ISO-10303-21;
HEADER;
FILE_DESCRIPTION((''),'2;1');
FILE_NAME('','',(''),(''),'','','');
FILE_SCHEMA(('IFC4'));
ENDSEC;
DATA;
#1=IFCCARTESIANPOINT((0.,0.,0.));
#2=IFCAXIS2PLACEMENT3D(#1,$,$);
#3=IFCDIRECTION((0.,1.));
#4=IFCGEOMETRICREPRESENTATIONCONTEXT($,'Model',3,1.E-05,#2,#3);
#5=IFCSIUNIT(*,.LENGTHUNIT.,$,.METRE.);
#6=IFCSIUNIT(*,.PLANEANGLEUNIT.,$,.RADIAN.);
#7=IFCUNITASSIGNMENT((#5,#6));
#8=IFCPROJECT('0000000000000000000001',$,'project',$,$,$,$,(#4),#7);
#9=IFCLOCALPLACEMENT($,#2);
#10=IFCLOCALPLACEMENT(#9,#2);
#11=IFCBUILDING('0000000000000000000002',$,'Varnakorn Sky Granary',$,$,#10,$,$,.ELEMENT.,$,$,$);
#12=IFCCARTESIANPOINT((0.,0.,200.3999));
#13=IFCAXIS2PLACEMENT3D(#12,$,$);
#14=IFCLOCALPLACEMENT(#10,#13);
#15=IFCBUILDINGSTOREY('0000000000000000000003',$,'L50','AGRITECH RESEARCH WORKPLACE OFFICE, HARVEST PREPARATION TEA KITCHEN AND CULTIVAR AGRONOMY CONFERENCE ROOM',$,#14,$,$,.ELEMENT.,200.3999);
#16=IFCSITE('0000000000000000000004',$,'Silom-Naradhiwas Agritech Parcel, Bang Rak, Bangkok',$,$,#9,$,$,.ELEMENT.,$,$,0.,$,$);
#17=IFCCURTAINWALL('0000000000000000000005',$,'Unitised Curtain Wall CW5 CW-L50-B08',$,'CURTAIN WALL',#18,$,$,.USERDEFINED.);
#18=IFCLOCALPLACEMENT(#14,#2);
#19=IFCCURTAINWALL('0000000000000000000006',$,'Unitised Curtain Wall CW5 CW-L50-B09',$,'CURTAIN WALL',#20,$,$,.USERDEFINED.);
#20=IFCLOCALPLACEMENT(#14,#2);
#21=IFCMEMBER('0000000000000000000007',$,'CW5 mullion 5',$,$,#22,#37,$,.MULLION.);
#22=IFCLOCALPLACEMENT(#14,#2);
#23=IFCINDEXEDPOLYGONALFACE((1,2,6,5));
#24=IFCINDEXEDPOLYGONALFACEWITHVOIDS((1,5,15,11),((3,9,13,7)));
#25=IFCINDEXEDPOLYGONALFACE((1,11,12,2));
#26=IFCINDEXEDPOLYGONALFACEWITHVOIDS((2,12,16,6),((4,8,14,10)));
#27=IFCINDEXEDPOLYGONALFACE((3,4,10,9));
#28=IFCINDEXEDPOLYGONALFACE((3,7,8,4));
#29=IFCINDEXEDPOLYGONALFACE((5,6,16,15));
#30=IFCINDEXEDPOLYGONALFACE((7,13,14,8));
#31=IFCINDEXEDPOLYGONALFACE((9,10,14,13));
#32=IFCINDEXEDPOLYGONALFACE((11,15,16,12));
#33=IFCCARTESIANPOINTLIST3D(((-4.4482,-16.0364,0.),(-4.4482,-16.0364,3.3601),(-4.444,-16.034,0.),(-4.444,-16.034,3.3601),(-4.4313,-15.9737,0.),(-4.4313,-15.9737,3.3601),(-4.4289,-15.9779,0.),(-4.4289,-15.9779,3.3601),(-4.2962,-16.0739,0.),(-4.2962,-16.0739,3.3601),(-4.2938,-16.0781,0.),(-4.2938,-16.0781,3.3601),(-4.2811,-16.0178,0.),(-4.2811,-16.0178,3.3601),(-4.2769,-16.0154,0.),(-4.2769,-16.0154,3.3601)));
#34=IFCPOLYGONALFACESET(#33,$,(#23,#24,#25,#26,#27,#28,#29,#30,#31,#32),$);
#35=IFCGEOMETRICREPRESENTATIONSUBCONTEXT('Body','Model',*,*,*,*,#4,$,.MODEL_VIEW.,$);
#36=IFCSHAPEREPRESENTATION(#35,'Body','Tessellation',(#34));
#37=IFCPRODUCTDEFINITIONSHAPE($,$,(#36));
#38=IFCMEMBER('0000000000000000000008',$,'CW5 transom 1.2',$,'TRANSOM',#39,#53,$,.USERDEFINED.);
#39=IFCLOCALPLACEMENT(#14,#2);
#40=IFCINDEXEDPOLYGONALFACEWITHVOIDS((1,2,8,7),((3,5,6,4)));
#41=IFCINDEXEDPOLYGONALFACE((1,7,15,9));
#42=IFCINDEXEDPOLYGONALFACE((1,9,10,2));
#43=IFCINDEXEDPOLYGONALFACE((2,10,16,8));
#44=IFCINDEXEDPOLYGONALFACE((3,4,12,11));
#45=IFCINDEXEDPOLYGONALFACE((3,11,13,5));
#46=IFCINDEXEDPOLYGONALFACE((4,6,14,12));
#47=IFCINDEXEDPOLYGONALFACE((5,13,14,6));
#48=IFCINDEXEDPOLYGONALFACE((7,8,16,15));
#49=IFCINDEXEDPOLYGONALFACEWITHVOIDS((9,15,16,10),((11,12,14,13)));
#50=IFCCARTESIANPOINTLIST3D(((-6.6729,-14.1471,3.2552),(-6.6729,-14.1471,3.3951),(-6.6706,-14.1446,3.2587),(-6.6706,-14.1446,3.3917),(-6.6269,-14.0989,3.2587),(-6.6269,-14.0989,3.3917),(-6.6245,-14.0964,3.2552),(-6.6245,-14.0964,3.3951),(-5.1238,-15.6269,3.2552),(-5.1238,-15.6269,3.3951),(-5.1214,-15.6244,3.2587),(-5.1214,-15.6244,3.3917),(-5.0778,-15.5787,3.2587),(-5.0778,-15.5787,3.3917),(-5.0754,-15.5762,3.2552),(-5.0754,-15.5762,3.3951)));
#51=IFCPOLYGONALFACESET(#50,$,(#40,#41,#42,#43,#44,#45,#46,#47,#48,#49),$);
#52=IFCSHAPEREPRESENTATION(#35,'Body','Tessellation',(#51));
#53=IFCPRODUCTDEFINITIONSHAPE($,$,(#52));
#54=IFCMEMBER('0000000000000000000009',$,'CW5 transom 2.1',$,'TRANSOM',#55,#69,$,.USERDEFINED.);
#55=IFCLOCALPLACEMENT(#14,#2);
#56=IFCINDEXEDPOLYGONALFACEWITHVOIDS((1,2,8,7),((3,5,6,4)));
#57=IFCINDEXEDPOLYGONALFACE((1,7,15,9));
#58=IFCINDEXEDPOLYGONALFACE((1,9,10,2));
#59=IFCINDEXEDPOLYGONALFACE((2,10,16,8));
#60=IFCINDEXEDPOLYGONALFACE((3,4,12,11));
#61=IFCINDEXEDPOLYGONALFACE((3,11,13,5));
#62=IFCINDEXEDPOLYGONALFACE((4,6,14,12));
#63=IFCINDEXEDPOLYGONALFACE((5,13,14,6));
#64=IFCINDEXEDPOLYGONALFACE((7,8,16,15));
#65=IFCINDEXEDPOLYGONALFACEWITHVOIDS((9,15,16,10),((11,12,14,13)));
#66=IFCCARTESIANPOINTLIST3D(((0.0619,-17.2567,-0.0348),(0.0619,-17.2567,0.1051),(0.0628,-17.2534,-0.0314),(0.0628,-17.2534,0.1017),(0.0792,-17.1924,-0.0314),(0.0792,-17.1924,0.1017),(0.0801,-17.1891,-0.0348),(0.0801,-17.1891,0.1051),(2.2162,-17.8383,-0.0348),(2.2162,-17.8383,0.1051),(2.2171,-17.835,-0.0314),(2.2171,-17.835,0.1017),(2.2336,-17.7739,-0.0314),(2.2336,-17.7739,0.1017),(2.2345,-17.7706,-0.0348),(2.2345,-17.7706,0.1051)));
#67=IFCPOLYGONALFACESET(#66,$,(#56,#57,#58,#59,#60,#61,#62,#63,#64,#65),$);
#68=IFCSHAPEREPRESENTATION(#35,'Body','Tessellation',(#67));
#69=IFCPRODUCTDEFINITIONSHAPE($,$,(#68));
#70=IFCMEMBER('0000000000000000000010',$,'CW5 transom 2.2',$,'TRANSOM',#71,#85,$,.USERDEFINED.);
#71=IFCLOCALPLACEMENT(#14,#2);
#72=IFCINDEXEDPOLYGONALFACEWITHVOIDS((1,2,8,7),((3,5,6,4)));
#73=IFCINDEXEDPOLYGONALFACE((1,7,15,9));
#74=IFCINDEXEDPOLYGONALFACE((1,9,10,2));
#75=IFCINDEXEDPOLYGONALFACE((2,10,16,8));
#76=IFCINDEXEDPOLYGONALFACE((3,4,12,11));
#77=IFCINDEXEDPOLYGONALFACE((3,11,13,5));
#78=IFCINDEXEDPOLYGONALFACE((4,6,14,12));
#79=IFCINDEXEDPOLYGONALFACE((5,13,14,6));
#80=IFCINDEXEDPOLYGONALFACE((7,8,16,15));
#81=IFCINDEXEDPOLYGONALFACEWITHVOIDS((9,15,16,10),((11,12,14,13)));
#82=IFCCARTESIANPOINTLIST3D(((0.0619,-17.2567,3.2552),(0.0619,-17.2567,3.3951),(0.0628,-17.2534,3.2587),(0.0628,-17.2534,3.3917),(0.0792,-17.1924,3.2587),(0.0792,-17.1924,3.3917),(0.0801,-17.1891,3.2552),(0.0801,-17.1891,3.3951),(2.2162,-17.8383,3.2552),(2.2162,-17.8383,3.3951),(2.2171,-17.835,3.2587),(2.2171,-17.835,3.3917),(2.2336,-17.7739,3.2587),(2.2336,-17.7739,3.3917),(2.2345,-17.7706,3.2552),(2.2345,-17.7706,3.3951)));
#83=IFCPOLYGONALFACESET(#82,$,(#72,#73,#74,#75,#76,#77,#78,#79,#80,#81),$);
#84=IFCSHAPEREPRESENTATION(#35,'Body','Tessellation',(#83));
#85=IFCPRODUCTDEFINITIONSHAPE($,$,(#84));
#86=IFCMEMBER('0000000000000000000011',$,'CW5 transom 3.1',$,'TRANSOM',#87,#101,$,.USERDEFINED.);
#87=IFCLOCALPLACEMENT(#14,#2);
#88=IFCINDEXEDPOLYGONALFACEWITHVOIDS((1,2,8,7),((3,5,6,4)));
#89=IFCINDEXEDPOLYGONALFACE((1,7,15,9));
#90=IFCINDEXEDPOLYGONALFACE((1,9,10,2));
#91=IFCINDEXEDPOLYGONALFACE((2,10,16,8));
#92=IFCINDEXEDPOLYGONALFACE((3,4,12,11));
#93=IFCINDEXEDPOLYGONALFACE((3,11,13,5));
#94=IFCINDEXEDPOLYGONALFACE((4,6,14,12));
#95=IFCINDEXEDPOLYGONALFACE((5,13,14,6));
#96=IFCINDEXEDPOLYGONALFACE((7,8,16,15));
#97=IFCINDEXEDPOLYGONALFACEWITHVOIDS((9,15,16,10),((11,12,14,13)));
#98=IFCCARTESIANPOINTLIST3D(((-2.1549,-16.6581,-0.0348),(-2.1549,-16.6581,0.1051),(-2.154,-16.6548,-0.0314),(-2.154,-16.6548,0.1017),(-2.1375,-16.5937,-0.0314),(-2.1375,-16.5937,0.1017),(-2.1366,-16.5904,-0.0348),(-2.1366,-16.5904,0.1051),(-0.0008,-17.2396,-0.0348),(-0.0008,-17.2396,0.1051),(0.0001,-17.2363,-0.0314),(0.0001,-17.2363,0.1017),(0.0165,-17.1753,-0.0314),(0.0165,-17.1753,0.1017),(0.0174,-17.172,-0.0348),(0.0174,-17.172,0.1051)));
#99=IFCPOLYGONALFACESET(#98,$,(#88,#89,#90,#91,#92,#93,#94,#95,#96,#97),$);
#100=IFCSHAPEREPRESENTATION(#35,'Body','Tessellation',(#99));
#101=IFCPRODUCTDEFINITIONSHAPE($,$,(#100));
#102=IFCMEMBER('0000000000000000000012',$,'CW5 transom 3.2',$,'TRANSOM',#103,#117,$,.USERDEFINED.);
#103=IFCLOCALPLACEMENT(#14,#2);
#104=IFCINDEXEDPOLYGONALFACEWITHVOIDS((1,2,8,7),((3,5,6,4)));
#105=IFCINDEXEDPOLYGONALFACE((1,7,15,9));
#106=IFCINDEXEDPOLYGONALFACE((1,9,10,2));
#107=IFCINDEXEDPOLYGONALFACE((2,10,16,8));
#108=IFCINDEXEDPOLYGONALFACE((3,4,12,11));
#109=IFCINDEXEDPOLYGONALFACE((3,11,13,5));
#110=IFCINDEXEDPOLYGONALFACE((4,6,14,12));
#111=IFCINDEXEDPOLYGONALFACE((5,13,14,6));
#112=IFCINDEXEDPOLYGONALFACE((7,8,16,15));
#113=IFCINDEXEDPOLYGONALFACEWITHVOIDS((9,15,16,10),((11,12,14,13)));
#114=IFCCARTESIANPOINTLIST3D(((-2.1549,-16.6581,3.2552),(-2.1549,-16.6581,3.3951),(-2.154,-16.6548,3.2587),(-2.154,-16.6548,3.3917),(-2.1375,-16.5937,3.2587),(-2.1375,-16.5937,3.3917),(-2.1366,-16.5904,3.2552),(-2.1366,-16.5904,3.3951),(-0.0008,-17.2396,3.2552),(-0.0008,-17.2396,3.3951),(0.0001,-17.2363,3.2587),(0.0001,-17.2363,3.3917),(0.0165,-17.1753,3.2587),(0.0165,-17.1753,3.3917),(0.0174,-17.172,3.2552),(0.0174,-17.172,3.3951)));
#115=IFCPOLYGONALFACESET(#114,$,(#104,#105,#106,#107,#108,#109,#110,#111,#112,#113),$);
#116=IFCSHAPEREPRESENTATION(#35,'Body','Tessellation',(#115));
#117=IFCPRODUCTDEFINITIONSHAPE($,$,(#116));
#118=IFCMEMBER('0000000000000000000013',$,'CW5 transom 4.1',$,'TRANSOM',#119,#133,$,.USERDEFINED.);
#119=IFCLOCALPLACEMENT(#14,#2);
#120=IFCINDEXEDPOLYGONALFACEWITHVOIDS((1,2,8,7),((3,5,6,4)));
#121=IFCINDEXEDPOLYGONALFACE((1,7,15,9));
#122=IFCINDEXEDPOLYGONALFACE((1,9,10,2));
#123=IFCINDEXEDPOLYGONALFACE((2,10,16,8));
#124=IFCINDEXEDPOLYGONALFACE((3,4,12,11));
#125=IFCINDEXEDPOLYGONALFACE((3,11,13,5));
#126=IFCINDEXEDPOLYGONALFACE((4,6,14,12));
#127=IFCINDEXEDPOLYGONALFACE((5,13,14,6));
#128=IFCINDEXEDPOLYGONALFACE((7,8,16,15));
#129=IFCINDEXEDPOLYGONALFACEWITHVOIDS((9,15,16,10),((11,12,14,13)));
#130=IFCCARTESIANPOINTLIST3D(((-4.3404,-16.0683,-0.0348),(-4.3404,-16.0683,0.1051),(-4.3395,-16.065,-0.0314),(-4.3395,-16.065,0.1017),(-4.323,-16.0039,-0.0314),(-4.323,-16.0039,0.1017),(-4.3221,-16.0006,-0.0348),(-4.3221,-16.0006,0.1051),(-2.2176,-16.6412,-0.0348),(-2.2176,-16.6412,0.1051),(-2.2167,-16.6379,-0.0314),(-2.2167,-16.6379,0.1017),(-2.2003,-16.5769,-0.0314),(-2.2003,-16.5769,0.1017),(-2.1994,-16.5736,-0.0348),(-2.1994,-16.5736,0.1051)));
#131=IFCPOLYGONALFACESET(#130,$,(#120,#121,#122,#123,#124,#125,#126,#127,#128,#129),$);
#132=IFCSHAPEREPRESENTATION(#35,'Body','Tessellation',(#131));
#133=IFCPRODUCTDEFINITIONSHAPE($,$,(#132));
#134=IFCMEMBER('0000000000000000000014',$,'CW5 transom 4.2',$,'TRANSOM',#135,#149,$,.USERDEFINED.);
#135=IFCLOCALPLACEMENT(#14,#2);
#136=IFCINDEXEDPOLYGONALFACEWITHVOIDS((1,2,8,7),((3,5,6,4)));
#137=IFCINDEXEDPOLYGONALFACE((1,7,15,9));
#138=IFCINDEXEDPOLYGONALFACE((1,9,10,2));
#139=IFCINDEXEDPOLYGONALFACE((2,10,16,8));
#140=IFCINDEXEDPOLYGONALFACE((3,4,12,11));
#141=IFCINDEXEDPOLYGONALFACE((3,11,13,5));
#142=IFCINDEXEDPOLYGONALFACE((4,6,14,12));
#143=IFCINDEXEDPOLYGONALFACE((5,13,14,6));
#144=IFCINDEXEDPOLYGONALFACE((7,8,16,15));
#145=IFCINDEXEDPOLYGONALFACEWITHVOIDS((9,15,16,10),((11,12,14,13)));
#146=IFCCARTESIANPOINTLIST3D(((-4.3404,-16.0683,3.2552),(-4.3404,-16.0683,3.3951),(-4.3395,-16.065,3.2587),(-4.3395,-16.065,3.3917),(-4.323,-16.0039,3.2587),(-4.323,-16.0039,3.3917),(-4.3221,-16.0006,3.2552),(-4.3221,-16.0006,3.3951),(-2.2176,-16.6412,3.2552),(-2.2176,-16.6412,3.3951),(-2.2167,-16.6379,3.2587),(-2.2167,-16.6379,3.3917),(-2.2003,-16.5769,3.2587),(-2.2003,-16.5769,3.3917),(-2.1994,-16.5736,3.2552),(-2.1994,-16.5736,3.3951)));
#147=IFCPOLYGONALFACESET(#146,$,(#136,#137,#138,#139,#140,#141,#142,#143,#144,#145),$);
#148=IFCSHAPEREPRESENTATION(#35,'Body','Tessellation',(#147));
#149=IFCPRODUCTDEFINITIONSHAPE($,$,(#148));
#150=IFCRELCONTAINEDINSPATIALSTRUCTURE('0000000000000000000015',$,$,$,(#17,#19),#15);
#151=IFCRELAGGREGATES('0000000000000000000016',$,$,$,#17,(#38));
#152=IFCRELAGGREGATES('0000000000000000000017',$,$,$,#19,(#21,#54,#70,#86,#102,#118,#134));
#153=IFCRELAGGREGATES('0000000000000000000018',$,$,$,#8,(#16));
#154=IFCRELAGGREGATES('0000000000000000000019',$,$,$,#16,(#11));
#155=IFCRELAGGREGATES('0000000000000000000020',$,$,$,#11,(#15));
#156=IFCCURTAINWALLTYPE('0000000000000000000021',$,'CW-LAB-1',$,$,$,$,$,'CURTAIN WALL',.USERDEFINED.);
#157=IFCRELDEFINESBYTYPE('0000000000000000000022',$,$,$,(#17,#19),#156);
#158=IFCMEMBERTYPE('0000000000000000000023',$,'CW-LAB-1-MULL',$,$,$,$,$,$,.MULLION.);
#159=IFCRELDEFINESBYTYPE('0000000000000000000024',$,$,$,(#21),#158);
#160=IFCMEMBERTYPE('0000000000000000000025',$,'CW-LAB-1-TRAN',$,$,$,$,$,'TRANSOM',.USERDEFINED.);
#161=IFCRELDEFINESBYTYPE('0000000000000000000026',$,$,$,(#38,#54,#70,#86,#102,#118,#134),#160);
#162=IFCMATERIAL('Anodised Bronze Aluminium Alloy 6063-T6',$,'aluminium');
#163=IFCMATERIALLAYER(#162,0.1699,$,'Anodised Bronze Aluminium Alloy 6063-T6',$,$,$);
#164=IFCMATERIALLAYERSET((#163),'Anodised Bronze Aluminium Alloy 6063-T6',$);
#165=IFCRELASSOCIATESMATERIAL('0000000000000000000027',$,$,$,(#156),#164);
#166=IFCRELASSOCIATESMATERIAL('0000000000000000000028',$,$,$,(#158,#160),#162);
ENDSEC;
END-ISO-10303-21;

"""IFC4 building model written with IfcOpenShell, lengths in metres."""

from ifc_helpers import new_model, si_unit, direction, frame, origin, origin_2d, place, context, subcontext, project, spatial, hollow_rectangle, extrude, material, layer, layer_set, material_profile, profile_set, type_object, element, aggregate, save


model = new_model("IFC4")

# Units and contexts
model_context = context("Model", 3, precision=1e-05, world=origin(), true_north=direction((0.0, 1.0)))
body_context = subcontext(model_context, "Body", "Model", "MODEL_VIEW")
ifc_project = project(units=[si_unit("LENGTHUNIT", "METRE"), si_unit("PLANEANGLEUNIT", "RADIAN")], contexts=[model_context])

# Site, building, storey
site_placement = place(None, origin())
site = spatial("IfcSite", under=ifc_project, at=site_placement, Name="Silom-Naradhiwas Agritech Parcel, Bang Rak, Bangkok", CompositionType="ELEMENT", RefElevation=0.0)
building_placement = place(site_placement, origin())
building = spatial("IfcBuilding", under=site, at=building_placement, Name="Varnakorn Sky Granary", CompositionType="ELEMENT")
storey_placement = place(building_placement, frame((0.0, 0.0, 200.3999)))
storey = spatial("IfcBuildingStorey", under=building, at=storey_placement, Name="L50", Description="AGRITECH RESEARCH WORKPLACE OFFICE, HARVEST PREPARATION TEA KITCHEN AND CULTIVAR AGRONOMY CONFERENCE ROOM", CompositionType="ELEMENT", Elevation=200.3999)

# Curtain wall
ifc_material_1 = material(Name="Anodised Bronze Aluminium Alloy 6063-T6", Category="aluminium")
ifc_layer_1 = layer(ifc_material_1, 0.1699, Name="Anodised Bronze Aluminium Alloy 6063-T6")
ifc_layer_set_1 = layer_set([ifc_layer_1], Name="Anodised Bronze Aluminium Alloy 6063-T6")
curtain_wall_type = type_object("IfcCurtainWallType", Name="CW-LAB-1", ElementType="CURTAIN WALL", PredefinedType="USERDEFINED", material=ifc_layer_set_1)
curtain_wall_1_placement = place(storey_placement, origin())
curtain_wall_1 = element("IfcCurtainWall", 1, at=curtain_wall_1_placement, inside=storey, type_object=curtain_wall_type, Name="Unitised Curtain Wall CW5 CW-L50-B08", ObjectType="CURTAIN WALL", PredefinedType="USERDEFINED")
ifc_material_profile_1 = material_profile(ifc_material_1, hollow_rectangle(XDim=0.0649, YDim=0.1599, WallThickness=0.0034, at=origin_2d()), Name="ALU MULL 65x160")
ifc_profile_set_1 = profile_set([ifc_material_profile_1], Name="Anodised Bronze Aluminium Alloy 6063-T6")
member_type_1 = type_object("IfcMemberType", Name="CW-LAB-1-MULL", PredefinedType="MULLION", material=ifc_profile_set_1)

# Curtain wall, member
curtain_wall_2_placement = place(storey_placement, origin())
curtain_wall_2 = element("IfcCurtainWall", 2, at=curtain_wall_2_placement, inside=storey, type_object=curtain_wall_type, Name="Unitised Curtain Wall CW5 CW-L50-B09", ObjectType="CURTAIN WALL", PredefinedType="USERDEFINED")
member_1_placement = place(storey_placement, frame((-4.3625, -16.0259, 0.0), z_axis=(0.0, 0.0, 1.0), x_axis=(-0.260643, -0.965435, 0.0)))
member_1 = element("IfcMember", 3, at=member_1_placement, type_object=member_type_1, Name="CW5 mullion 5", PredefinedType="MULLION", context=body_context, shape_type="SweptSolid", body=[
    extrude(hollow_rectangle(XDim=0.0649, YDim=0.1599, WallThickness=0.0034, at=origin_2d()), origin(), (0.0, 0.0, 1.0), 3.3601),
])

# Members
ifc_material_profile_2 = material_profile(ifc_material_1, hollow_rectangle(XDim=0.0701, YDim=0.1399, WallThickness=0.0034, at=origin_2d()), Name="ALU TRAN 70x140")
ifc_profile_set_2 = profile_set([ifc_material_profile_2], Name="Anodised Bronze Aluminium Alloy 6063-T6")
member_type_2 = type_object("IfcMemberType", Name="CW-LAB-1-TRAN", ElementType="TRANSOM", PredefinedType="USERDEFINED", material=ifc_profile_set_2)
member_2_placement = place(storey_placement, frame((-5.0996, -15.6016, 3.3252), z_axis=(-0.723105, 0.690739, 0.0), x_axis=(-0.690739, -0.723105, 0.0)))
member_2 = element("IfcMember", 4, at=member_2_placement, type_object=member_type_2, Name="CW5 transom 1.2", ObjectType="TRANSOM", PredefinedType="USERDEFINED", context=body_context, shape_type="SweptSolid", body=[
    extrude(hollow_rectangle(XDim=0.0701, YDim=0.1399, WallThickness=0.0034, at=origin_2d()), origin(), (0.0, 0.0, 1.0), 2.1423),
])
aggregate(curtain_wall_1, [member_2])
member_3_placement = place(storey_placement, frame((2.2253, -17.8044, 0.0352), z_axis=(-0.965442, 0.260617, 0.0), x_axis=(-0.260617, -0.965442, 0.0)))
member_3 = element("IfcMember", 5, at=member_3_placement, type_object=member_type_2, Name="CW5 transom 2.1", ObjectType="TRANSOM", PredefinedType="USERDEFINED", context=body_context, shape_type="SweptSolid", body=[
    extrude(hollow_rectangle(XDim=0.0701, YDim=0.1399, WallThickness=0.0034, at=origin_2d()), origin(), (0.0, 0.0, 1.0), 2.2314),
])
member_4_placement = place(storey_placement, frame((2.2253, -17.8044, 3.3252), z_axis=(-0.965442, 0.260617, 0.0), x_axis=(-0.260617, -0.965442, 0.0)))
member_4 = element("IfcMember", 6, at=member_4_placement, type_object=member_type_2, Name="CW5 transom 2.2", ObjectType="TRANSOM", PredefinedType="USERDEFINED", context=body_context, shape_type="SweptSolid", body=[
    extrude(hollow_rectangle(XDim=0.0701, YDim=0.1399, WallThickness=0.0034, at=origin_2d()), origin(), (0.0, 0.0, 1.0), 2.2314),
])
member_5_placement = place(storey_placement, frame((0.0083, -17.2058, 0.0352), z_axis=(-0.965435, 0.260644, 0.0), x_axis=(-0.260644, -0.965435, 0.0)))
member_5 = element("IfcMember", 7, at=member_5_placement, type_object=member_type_2, Name="CW5 transom 3.1", ObjectType="TRANSOM", PredefinedType="USERDEFINED", context=body_context, shape_type="SweptSolid", body=[
    extrude(hollow_rectangle(XDim=0.0701, YDim=0.1399, WallThickness=0.0034, at=origin_2d()), origin(), (0.0, 0.0, 1.0), 2.2312),
])
member_6_placement = place(storey_placement, frame((0.0083, -17.2058, 3.3252), z_axis=(-0.965435, 0.260644, 0.0), x_axis=(-0.260644, -0.965435, 0.0)))
member_6 = element("IfcMember", 8, at=member_6_placement, type_object=member_type_2, Name="CW5 transom 3.2", ObjectType="TRANSOM", PredefinedType="USERDEFINED", context=body_context, shape_type="SweptSolid", body=[
    extrude(hollow_rectangle(XDim=0.0701, YDim=0.1399, WallThickness=0.0034, at=origin_2d()), origin(), (0.0, 0.0, 1.0), 2.2312),
])
member_7_placement = place(storey_placement, frame((-2.2085, -16.6074, 0.0352), z_axis=(-0.965447, 0.260599, 0.0), x_axis=(-0.260599, -0.965447, 0.0)))
member_7 = element("IfcMember", 9, at=member_7_placement, type_object=member_type_2, Name="CW5 transom 4.1", ObjectType="TRANSOM", PredefinedType="USERDEFINED", context=body_context, shape_type="SweptSolid", body=[
    extrude(hollow_rectangle(XDim=0.0701, YDim=0.1399, WallThickness=0.0034, at=origin_2d()), origin(), (0.0, 0.0, 1.0), 2.1987),
])
member_8_placement = place(storey_placement, frame((-2.2085, -16.6074, 3.3252), z_axis=(-0.965447, 0.260599, 0.0), x_axis=(-0.260599, -0.965447, 0.0)))
member_8 = element("IfcMember", 10, at=member_8_placement, type_object=member_type_2, Name="CW5 transom 4.2", ObjectType="TRANSOM", PredefinedType="USERDEFINED", context=body_context, shape_type="SweptSolid", body=[
    extrude(hollow_rectangle(XDim=0.0701, YDim=0.1399, WallThickness=0.0034, at=origin_2d()), origin(), (0.0, 0.0, 1.0), 2.1987),
])

aggregate(curtain_wall_2, [member_1, member_3, member_4, member_5, member_6, member_7, member_8])

save(model, "model.ifc")
